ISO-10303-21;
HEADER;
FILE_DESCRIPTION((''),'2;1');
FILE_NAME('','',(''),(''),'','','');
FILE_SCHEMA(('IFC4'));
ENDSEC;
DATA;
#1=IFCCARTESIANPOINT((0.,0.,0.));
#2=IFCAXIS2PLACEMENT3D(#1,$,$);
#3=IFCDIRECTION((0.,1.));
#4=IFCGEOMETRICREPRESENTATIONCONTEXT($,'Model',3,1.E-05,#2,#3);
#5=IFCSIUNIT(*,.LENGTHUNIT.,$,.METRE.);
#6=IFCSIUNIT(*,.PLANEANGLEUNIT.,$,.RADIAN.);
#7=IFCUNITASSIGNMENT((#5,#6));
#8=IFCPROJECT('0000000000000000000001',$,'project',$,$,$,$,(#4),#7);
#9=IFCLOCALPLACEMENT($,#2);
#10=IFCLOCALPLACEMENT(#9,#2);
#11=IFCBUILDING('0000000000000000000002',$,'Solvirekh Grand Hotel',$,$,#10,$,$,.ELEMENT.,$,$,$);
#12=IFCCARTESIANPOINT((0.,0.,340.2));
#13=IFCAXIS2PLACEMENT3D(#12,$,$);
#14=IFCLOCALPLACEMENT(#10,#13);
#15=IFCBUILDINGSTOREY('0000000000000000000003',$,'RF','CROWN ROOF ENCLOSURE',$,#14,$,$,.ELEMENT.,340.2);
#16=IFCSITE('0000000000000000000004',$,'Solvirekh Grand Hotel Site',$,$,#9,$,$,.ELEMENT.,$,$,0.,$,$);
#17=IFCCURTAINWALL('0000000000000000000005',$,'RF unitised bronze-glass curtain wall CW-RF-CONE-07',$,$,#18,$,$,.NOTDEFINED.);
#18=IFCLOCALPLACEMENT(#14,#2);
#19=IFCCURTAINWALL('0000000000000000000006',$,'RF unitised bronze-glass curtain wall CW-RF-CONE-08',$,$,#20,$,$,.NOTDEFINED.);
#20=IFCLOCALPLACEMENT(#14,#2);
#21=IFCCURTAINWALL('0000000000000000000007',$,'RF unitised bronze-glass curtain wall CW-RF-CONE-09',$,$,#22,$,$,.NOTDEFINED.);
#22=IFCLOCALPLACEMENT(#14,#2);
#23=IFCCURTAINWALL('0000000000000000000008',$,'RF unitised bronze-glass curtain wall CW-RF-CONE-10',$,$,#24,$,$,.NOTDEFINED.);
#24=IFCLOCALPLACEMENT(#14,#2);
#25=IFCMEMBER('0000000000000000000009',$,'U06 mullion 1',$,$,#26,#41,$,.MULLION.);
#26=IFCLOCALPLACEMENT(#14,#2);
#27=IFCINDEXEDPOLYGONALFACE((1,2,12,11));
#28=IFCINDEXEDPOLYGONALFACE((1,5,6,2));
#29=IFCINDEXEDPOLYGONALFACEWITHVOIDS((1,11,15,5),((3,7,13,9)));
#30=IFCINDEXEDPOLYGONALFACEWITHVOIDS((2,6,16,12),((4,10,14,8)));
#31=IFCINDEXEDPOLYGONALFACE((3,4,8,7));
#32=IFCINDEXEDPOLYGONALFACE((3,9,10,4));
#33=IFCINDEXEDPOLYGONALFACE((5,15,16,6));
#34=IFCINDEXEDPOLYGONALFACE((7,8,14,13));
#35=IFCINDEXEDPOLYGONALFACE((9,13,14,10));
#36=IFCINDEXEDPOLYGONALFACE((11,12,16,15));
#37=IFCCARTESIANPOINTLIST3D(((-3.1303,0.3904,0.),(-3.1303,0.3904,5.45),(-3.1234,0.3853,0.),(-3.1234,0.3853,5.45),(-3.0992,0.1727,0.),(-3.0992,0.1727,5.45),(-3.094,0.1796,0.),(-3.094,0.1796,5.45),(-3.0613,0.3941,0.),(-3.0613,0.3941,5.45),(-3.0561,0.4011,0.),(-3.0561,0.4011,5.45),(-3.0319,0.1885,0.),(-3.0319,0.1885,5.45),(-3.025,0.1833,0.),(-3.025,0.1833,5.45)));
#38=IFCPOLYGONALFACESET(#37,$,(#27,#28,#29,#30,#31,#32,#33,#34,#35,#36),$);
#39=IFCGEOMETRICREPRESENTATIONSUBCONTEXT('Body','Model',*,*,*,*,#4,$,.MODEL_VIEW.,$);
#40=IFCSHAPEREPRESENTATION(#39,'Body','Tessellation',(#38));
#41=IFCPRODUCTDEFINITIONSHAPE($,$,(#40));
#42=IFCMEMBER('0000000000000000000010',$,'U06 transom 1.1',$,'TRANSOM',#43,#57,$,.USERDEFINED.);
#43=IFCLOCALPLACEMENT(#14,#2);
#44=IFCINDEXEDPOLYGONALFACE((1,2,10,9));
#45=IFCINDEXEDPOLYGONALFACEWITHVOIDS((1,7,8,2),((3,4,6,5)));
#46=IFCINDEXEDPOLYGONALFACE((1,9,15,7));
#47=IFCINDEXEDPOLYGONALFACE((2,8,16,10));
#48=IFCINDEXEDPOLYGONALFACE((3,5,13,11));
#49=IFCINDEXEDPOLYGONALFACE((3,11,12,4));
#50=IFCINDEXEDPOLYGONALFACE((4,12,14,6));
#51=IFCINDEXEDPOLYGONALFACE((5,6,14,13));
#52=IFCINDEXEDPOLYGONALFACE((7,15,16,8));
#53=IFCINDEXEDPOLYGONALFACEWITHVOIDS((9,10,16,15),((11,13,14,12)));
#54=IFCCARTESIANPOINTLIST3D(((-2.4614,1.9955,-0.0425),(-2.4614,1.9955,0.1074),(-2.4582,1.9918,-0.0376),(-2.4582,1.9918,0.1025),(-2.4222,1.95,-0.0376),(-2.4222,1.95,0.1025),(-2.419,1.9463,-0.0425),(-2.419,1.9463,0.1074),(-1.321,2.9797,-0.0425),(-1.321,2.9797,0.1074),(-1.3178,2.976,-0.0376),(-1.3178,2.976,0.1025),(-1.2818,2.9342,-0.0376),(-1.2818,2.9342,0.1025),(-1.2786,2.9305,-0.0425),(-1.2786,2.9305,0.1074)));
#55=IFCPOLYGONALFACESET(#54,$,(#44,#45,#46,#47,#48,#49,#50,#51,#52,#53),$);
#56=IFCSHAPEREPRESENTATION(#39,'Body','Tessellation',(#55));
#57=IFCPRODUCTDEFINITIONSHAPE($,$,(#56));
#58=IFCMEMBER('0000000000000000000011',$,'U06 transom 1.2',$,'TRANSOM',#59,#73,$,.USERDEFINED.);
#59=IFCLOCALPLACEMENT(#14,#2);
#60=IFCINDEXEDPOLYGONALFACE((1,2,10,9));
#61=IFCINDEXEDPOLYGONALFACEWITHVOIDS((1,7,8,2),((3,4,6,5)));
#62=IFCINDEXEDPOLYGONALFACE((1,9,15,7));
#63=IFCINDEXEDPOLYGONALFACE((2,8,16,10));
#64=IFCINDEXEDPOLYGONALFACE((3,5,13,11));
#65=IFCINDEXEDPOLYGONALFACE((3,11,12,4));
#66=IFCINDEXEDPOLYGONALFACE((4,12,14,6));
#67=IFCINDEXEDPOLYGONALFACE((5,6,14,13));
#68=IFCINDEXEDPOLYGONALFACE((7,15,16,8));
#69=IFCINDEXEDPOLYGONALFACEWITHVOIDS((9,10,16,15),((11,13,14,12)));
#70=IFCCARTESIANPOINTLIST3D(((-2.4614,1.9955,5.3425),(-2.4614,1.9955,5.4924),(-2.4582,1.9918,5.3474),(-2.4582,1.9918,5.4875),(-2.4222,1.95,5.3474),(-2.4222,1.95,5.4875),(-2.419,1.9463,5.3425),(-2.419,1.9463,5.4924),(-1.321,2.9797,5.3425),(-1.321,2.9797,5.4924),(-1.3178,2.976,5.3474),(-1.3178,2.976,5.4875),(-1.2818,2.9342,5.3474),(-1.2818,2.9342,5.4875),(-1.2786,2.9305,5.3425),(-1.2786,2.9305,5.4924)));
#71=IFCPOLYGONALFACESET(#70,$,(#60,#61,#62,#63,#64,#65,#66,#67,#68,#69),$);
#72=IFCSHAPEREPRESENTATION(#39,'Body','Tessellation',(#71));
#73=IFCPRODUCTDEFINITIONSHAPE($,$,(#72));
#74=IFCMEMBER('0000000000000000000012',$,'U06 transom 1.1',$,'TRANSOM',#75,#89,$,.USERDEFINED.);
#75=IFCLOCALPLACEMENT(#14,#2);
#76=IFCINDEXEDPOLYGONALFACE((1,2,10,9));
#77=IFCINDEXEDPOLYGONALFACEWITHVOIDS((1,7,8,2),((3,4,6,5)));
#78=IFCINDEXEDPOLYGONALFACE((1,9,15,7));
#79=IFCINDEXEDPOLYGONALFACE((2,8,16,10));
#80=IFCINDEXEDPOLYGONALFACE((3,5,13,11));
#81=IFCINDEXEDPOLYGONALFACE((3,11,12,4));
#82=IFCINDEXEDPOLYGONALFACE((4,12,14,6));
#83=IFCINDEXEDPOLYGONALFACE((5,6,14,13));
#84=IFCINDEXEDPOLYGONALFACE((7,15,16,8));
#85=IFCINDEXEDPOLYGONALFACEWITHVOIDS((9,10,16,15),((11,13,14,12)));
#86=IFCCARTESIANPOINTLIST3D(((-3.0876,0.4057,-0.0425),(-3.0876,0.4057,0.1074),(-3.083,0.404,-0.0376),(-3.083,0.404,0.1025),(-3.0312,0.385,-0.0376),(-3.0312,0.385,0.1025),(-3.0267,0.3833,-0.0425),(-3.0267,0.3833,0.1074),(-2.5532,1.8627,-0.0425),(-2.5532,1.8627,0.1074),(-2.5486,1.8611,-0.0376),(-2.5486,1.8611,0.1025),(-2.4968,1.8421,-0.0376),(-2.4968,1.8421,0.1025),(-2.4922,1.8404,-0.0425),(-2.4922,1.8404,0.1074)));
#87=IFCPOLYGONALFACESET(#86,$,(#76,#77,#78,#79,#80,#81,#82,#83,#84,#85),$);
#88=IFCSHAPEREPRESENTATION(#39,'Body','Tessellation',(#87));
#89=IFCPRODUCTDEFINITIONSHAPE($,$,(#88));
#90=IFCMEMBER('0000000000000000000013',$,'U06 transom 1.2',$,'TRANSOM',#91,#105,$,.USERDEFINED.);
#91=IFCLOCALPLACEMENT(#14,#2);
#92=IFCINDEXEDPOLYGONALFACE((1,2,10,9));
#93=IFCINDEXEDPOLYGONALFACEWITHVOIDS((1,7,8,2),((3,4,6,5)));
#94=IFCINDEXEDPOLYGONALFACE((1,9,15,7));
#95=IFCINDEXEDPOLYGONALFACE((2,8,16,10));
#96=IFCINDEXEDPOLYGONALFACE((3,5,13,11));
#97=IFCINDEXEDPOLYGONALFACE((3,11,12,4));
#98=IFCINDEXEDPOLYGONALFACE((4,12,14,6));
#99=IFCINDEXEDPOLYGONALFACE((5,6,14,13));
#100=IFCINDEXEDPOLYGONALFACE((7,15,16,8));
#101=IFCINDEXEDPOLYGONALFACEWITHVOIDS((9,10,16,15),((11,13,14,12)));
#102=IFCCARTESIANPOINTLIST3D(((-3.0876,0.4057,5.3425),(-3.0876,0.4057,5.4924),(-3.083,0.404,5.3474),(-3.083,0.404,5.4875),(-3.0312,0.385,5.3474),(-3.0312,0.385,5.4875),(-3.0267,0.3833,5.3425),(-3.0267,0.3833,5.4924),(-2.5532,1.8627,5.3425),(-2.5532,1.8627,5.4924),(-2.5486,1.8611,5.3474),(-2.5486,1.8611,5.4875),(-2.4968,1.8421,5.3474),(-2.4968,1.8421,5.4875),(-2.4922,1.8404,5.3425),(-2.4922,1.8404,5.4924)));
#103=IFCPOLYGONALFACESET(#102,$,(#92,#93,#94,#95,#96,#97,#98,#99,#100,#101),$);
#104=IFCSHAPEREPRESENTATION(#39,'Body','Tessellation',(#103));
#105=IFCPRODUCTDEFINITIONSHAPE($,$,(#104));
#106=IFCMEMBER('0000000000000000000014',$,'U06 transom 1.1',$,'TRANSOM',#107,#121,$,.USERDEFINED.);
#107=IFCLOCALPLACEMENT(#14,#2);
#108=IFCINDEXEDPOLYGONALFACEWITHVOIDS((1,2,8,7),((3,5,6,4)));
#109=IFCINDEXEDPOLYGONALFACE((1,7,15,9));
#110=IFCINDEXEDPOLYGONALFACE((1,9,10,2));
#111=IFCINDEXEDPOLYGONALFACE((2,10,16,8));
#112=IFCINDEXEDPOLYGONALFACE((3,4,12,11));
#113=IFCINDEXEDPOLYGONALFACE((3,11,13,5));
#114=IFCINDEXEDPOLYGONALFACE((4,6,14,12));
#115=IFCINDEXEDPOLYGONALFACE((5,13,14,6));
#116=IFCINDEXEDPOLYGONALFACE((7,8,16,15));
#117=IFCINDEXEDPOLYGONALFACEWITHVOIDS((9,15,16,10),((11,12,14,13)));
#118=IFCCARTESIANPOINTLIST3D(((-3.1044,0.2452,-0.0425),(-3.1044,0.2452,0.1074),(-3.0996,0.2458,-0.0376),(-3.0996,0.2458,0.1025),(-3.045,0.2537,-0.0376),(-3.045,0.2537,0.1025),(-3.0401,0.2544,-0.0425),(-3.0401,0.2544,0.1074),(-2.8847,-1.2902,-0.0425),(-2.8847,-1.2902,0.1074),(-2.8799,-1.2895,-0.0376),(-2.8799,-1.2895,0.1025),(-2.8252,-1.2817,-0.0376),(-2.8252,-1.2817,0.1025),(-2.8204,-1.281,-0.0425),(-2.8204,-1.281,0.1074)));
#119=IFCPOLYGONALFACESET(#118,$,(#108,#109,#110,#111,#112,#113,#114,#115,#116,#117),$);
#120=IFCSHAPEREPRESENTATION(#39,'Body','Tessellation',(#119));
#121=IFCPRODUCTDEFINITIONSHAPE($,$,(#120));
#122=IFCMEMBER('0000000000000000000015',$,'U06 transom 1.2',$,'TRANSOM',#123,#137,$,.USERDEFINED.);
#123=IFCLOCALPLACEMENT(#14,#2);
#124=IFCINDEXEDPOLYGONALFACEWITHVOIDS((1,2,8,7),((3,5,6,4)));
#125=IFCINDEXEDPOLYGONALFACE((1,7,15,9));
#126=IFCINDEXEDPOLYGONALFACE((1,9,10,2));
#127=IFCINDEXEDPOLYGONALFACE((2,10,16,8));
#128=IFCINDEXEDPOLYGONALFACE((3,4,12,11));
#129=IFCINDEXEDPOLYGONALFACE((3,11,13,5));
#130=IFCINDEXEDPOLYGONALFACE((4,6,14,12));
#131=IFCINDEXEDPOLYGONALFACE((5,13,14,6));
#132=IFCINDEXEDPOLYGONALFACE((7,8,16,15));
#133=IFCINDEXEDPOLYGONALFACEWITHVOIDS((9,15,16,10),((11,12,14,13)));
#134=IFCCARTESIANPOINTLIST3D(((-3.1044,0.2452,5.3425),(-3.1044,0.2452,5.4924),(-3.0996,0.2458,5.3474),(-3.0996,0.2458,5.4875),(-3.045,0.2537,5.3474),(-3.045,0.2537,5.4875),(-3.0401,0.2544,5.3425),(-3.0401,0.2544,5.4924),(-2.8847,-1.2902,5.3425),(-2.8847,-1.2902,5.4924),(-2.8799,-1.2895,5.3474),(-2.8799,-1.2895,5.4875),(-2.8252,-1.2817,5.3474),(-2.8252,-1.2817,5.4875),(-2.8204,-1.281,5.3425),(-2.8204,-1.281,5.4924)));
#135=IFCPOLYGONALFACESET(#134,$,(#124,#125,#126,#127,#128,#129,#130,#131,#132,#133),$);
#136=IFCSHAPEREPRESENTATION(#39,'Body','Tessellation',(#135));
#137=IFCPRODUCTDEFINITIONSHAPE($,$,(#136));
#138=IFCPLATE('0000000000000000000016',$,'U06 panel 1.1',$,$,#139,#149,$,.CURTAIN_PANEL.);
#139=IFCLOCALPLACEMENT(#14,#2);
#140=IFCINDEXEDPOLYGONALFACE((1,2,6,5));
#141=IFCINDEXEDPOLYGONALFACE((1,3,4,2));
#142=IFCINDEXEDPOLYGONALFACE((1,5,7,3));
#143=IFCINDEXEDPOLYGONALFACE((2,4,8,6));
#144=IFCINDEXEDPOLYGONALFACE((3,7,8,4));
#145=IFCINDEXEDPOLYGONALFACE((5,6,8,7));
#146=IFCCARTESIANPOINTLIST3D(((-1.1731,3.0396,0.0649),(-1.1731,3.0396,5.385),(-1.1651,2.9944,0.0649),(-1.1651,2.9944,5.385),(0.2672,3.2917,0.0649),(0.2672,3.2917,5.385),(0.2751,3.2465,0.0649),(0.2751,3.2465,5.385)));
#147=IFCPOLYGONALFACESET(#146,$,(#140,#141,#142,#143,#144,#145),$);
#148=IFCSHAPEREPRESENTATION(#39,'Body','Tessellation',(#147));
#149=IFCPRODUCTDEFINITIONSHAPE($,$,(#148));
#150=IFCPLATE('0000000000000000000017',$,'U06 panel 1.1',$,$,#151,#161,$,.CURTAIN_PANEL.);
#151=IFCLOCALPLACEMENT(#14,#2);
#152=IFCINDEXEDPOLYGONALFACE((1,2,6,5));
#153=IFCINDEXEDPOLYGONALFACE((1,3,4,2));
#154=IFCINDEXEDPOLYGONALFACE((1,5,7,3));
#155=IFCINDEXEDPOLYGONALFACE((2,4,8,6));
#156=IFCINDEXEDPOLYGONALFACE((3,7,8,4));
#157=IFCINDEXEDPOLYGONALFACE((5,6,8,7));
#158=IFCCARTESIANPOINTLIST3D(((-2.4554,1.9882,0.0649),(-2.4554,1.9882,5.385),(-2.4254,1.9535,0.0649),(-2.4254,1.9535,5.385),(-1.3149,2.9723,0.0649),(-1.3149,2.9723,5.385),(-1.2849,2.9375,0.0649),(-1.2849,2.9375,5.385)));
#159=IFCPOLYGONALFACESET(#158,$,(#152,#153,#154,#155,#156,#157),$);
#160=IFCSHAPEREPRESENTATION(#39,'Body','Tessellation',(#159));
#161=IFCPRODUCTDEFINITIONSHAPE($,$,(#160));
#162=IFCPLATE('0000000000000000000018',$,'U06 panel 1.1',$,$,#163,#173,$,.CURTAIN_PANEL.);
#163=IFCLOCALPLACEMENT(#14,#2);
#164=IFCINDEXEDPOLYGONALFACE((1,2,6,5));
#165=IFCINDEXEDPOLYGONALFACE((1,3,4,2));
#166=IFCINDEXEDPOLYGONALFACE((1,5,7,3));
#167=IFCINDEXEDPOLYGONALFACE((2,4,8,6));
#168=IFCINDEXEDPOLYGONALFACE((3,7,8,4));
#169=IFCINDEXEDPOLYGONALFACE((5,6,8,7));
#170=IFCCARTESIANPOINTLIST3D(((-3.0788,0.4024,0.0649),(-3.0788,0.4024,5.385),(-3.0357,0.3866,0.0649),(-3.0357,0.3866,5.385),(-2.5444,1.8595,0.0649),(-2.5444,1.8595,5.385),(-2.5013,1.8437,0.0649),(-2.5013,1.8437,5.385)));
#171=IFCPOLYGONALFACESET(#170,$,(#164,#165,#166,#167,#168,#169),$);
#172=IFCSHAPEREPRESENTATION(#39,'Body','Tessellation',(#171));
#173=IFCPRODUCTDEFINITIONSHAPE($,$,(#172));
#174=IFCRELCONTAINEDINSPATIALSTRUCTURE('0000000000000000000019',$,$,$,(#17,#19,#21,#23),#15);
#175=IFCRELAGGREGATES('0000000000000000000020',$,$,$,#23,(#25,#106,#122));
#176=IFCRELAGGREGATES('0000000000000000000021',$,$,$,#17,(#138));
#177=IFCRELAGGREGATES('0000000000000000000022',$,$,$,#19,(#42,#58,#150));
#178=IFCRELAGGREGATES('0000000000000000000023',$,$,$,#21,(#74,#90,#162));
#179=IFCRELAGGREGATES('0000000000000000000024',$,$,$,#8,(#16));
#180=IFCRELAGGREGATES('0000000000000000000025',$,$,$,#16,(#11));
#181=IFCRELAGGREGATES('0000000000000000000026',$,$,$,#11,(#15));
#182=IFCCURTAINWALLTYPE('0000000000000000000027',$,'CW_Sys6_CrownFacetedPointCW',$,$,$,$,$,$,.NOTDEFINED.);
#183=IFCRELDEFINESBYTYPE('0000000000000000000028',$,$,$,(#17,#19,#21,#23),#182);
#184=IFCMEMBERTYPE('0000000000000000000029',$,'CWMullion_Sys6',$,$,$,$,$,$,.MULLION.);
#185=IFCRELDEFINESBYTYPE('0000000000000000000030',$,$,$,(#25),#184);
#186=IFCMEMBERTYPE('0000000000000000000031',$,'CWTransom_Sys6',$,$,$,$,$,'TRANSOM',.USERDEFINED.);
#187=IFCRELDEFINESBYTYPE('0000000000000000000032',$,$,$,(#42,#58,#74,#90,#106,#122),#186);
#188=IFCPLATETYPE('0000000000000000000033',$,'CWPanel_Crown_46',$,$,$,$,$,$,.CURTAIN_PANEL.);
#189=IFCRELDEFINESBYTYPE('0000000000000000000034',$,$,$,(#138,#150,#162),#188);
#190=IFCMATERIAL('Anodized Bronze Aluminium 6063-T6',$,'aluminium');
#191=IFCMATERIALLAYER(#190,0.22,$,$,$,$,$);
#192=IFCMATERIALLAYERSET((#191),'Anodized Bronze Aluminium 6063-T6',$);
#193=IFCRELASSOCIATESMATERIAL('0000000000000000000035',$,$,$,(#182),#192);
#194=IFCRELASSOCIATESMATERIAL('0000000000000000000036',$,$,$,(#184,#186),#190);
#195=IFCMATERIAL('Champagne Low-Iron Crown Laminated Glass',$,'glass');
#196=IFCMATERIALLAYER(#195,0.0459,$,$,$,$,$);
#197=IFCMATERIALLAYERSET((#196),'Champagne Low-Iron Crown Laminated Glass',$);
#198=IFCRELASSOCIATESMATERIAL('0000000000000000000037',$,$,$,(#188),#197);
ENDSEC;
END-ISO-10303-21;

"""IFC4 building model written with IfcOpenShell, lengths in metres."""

from ifc_helpers import new_model, si_unit, direction, frame, origin, origin_2d, place, context, subcontext, project, spatial, rectangle, hollow_rectangle, extrude, source, transform, mapped, material, layer, layer_set, material_profile, profile_set, type_object, element, aggregate, save


model = new_model("IFC4")

# Units and contexts
model_context = context("Model", 3, precision=1e-05, world=origin(), true_north=direction((0.0, 1.0)))
body_context = subcontext(model_context, "Body", "Model", "MODEL_VIEW")
ifc_project = project(units=[si_unit("LENGTHUNIT", "METRE"), si_unit("PLANEANGLEUNIT", "RADIAN")], contexts=[model_context])

# Site, building, storey
site_placement = place(None, origin())
site = spatial("IfcSite", under=ifc_project, at=site_placement, Name="Solvirekh Grand Hotel Site", CompositionType="ELEMENT", RefElevation=0.0)
building_placement = place(site_placement, origin())
building = spatial("IfcBuilding", under=site, at=building_placement, Name="Solvirekh Grand Hotel", CompositionType="ELEMENT")
storey_placement = place(building_placement, frame((0.0, 0.0, 340.2)))
storey = spatial("IfcBuildingStorey", under=building, at=storey_placement, Name="RF", Description="CROWN ROOF ENCLOSURE", CompositionType="ELEMENT", Elevation=340.2)

# Curtain wall
ifc_material_1 = material(Name="Anodized Bronze Aluminium 6063-T6", Category="aluminium")
ifc_layer_1 = layer(ifc_material_1, 0.22)
ifc_layer_set_1 = layer_set([ifc_layer_1], Name="Anodized Bronze Aluminium 6063-T6")
curtain_wall_type = type_object("IfcCurtainWallType", Name="CW_Sys6_CrownFacetedPointCW", PredefinedType="NOTDEFINED", material=ifc_layer_set_1)
curtain_wall_1_placement = place(storey_placement, origin())
curtain_wall_1 = element("IfcCurtainWall", 1, at=curtain_wall_1_placement, inside=storey, type_object=curtain_wall_type, Name="RF unitised bronze-glass curtain wall CW-RF-CONE-07", PredefinedType="NOTDEFINED")
ifc_material_profile_1 = material_profile(ifc_material_1, hollow_rectangle(XDim=0.075, YDim=0.22, WallThickness=0.0061, at=origin_2d()), Name="ALU RHS 220X75X6")
ifc_profile_set_1 = profile_set([ifc_material_profile_1], Name="Anodized Bronze Aluminium 6063-T6")
member_type_1 = type_object("IfcMemberType", Name="CWMullion_Sys6", PredefinedType="MULLION", material=ifc_profile_set_1)
shared_shape_1 = source(origin(), body_context, "Body", "SweptSolid", [
    extrude(hollow_rectangle(XDim=0.075, YDim=0.22, WallThickness=0.0061, at=origin_2d()), origin(), (0.0, 0.0, 1.0), 5.45),
])

# Curtain walls
curtain_wall_2_placement = place(storey_placement, origin())
curtain_wall_2 = element("IfcCurtainWall", 2, at=curtain_wall_2_placement, inside=storey, type_object=curtain_wall_type, Name="RF unitised bronze-glass curtain wall CW-RF-CONE-08", PredefinedType="NOTDEFINED")
curtain_wall_3_placement = place(storey_placement, origin())
curtain_wall_3 = element("IfcCurtainWall", 3, at=curtain_wall_3_placement, inside=storey, type_object=curtain_wall_type, Name="RF unitised bronze-glass curtain wall CW-RF-CONE-09", PredefinedType="NOTDEFINED")

# Curtain wall, member
curtain_wall_4_placement = place(storey_placement, origin())
curtain_wall_4 = element("IfcCurtainWall", 4, at=curtain_wall_4_placement, inside=storey, type_object=curtain_wall_type, Name="RF unitised bronze-glass curtain wall CW-RF-CONE-10", PredefinedType="NOTDEFINED")
member_1_placement = place(storey_placement, frame((-3.0776, 0.2869, 0.0), z_axis=(0.0, 0.0, 1.0), x_axis=(0.989914, 0.141668, 0.0)))
member_1 = element("IfcMember", 5, at=member_1_placement, type_object=member_type_1, Name="U06 mullion 1", PredefinedType="MULLION", context=body_context, shape_type="MappedRepresentation", body=[
    mapped(shared_shape_1, transform((0.0, 0.0, 0.0), x_axis=(1.0, 0.0, 0.0), y_axis=(0.0, 1.0, 0.0), z_axis=(0.0, 0.0, 1.0), scale=1.0)),
])

# Members
ifc_material_profile_2 = material_profile(ifc_material_1, hollow_rectangle(XDim=0.0649, YDim=0.1499, WallThickness=0.0049, at=origin_2d()), Name="ALU RHS 150X65X5")
ifc_profile_set_2 = profile_set([ifc_material_profile_2], Name="Anodized Bronze Aluminium 6063-T6")
member_type_2 = type_object("IfcMemberType", Name="CWTransom_Sys6", ElementType="TRANSOM", PredefinedType="USERDEFINED", material=ifc_profile_set_2)
shared_shape_2 = source(origin(), body_context, "Body", "SweptSolid", [
    extrude(hollow_rectangle(XDim=0.0649, YDim=0.1499, WallThickness=0.0049, at=origin_2d()), origin(), (0.0, 0.0, 1.0), 1.5063),
])
member_2_placement = place(storey_placement, frame((-1.2998, 2.9551, 0.0325), z_axis=(-0.757067, -0.653337, 0.0), x_axis=(0.653337, -0.757067, 0.0)))
member_2 = element("IfcMember", 6, at=member_2_placement, type_object=member_type_2, Name="U06 transom 1.1", ObjectType="TRANSOM", PredefinedType="USERDEFINED", context=body_context, shape_type="MappedRepresentation", body=[
    mapped(shared_shape_2, transform((0.0, 0.0, 0.0), x_axis=(1.0, 0.0, 0.0), y_axis=(0.0, 1.0, 0.0), z_axis=(0.0, 0.0, 1.0), scale=1.0)),
])
member_3_placement = place(storey_placement, frame((-1.2998, 2.9551, 5.4175), z_axis=(-0.757067, -0.653337, 0.0), x_axis=(0.653337, -0.757067, 0.0)))
member_3 = element("IfcMember", 7, at=member_3_placement, type_object=member_type_2, Name="U06 transom 1.2", ObjectType="TRANSOM", PredefinedType="USERDEFINED", context=body_context, shape_type="MappedRepresentation", body=[
    mapped(shared_shape_2, transform((0.0, 0.0, 0.0), x_axis=(1.0, 0.0, 0.0), y_axis=(0.0, 1.0, 0.0), z_axis=(0.0, 0.0, 1.0), scale=1.0)),
])
shared_shape_3 = source(origin(), body_context, "Body", "SweptSolid", [
    extrude(hollow_rectangle(XDim=0.0649, YDim=0.1499, WallThickness=0.0049, at=origin_2d()), origin(), (0.0, 0.0, 1.0), 1.552),
])
member_4_placement = place(storey_placement, frame((-2.5227, 1.8516, 0.0325), z_axis=(-0.344356, -0.938839, 0.0), x_axis=(0.938839, -0.344356, 0.0)))
member_4 = element("IfcMember", 8, at=member_4_placement, type_object=member_type_2, Name="U06 transom 1.1", ObjectType="TRANSOM", PredefinedType="USERDEFINED", context=body_context, shape_type="MappedRepresentation", body=[
    mapped(shared_shape_3, transform((0.0, 0.0, 0.0), x_axis=(1.0, 0.0, 0.0), y_axis=(0.0, 1.0, 0.0), z_axis=(0.0, 0.0, 1.0), scale=1.0)),
])
member_5_placement = place(storey_placement, frame((-2.5227, 1.8516, 5.4175), z_axis=(-0.344356, -0.938839, 0.0), x_axis=(0.938839, -0.344356, 0.0)))
member_5 = element("IfcMember", 9, at=member_5_placement, type_object=member_type_2, Name="U06 transom 1.2", ObjectType="TRANSOM", PredefinedType="USERDEFINED", context=body_context, shape_type="MappedRepresentation", body=[
    mapped(shared_shape_3, transform((0.0, 0.0, 0.0), x_axis=(1.0, 0.0, 0.0), y_axis=(0.0, 1.0, 0.0), z_axis=(0.0, 0.0, 1.0), scale=1.0)),
])
shared_shape_4 = source(origin(), body_context, "Body", "SweptSolid", [
    extrude(hollow_rectangle(XDim=0.0649, YDim=0.1499, WallThickness=0.0049, at=origin_2d()), origin(), (0.0, 0.0, 1.0), 1.551),
])
member_6_placement = place(storey_placement, frame((-3.0723, 0.2498, 0.0325), z_axis=(0.141664, -0.989915, 0.0), x_axis=(0.989915, 0.141664, 0.0)))
member_6 = element("IfcMember", 10, at=member_6_placement, type_object=member_type_2, Name="U06 transom 1.1", ObjectType="TRANSOM", PredefinedType="USERDEFINED", context=body_context, shape_type="MappedRepresentation", body=[
    mapped(shared_shape_4, transform((0.0, 0.0, 0.0), x_axis=(1.0, 0.0, 0.0), y_axis=(0.0, 1.0, 0.0), z_axis=(0.0, 0.0, 1.0), scale=1.0)),
])
member_7_placement = place(storey_placement, frame((-3.0723, 0.2498, 5.4175), z_axis=(0.141664, -0.989915, 0.0), x_axis=(0.989915, 0.141664, 0.0)))
member_7 = element("IfcMember", 11, at=member_7_placement, type_object=member_type_2, Name="U06 transom 1.2", ObjectType="TRANSOM", PredefinedType="USERDEFINED", context=body_context, shape_type="MappedRepresentation", body=[
    mapped(shared_shape_4, transform((0.0, 0.0, 0.0), x_axis=(1.0, 0.0, 0.0), y_axis=(0.0, 1.0, 0.0), z_axis=(0.0, 0.0, 1.0), scale=1.0)),
])
aggregate(curtain_wall_4, [member_1, member_6, member_7])

# Plates
ifc_material_2 = material(Name="Champagne Low-Iron Crown Laminated Glass", Category="glass")
ifc_layer_2 = layer(ifc_material_2, 0.0459)
ifc_layer_set_2 = layer_set([ifc_layer_2], Name="Champagne Low-Iron Crown Laminated Glass")
plate_type = type_object("IfcPlateType", Name="CWPanel_Crown_46", PredefinedType="CURTAIN_PANEL", material=ifc_layer_set_2)
shared_shape_5 = source(origin(), body_context, "Body", "SweptSolid", [
    extrude(rectangle(XDim=1.4622, YDim=0.0459, at=origin_2d()), origin(), (0.0, 0.0, 1.0), 5.3201),
])
plate_1_placement = place(storey_placement, frame((-0.449, 3.1431, 0.0649), z_axis=(0.0, 0.0, 1.0), x_axis=(-0.98502, -0.172441, 0.0)))
plate_1 = element("IfcPlate", 12, at=plate_1_placement, type_object=plate_type, Name="U06 panel 1.1", PredefinedType="CURTAIN_PANEL", context=body_context, shape_type="MappedRepresentation", body=[
    mapped(shared_shape_5, transform((0.0, 0.0, 0.0), x_axis=(1.0, 0.0, 0.0), y_axis=(0.0, 1.0, 0.0), z_axis=(0.0, 0.0, 1.0), scale=1.0)),
])
aggregate(curtain_wall_1, [plate_1])
shared_shape_6 = source(origin(), body_context, "Body", "SweptSolid", [
    extrude(rectangle(XDim=1.5063, YDim=0.0459, at=origin_2d()), origin(), (0.0, 0.0, 1.0), 5.3201),
])
plate_2_placement = place(storey_placement, frame((-1.8701, 2.4629, 0.0649), z_axis=(0.0, 0.0, 1.0), x_axis=(-0.757122, -0.653274, 0.0)))
plate_2 = element("IfcPlate", 13, at=plate_2_placement, type_object=plate_type, Name="U06 panel 1.1", PredefinedType="CURTAIN_PANEL", context=body_context, shape_type="MappedRepresentation", body=[
    mapped(shared_shape_6, transform((0.0, 0.0, 0.0), x_axis=(1.0, 0.0, 0.0), y_axis=(0.0, 1.0, 0.0), z_axis=(0.0, 0.0, 1.0), scale=1.0)),
])
aggregate(curtain_wall_2, [member_2, member_3, plate_2])
shared_shape_7 = source(origin(), body_context, "Body", "SweptSolid", [
    extrude(rectangle(XDim=1.552, YDim=0.0459, at=origin_2d()), origin(), (0.0, 0.0, 1.0), 5.3201),
])
plate_3_placement = place(storey_placement, frame((-2.79, 1.123, 0.0649), z_axis=(0.0, 0.0, 1.0), x_axis=(-0.344289, -0.938864, 0.0)))
plate_3 = element("IfcPlate", 14, at=plate_3_placement, type_object=plate_type, Name="U06 panel 1.1", PredefinedType="CURTAIN_PANEL", context=body_context, shape_type="MappedRepresentation", body=[
    mapped(shared_shape_7, transform((0.0, 0.0, 0.0), x_axis=(1.0, 0.0, 0.0), y_axis=(0.0, 1.0, 0.0), z_axis=(0.0, 0.0, 1.0), scale=1.0)),
])
aggregate(curtain_wall_3, [member_4, member_5, plate_3])

save(model, "model.ifc")
